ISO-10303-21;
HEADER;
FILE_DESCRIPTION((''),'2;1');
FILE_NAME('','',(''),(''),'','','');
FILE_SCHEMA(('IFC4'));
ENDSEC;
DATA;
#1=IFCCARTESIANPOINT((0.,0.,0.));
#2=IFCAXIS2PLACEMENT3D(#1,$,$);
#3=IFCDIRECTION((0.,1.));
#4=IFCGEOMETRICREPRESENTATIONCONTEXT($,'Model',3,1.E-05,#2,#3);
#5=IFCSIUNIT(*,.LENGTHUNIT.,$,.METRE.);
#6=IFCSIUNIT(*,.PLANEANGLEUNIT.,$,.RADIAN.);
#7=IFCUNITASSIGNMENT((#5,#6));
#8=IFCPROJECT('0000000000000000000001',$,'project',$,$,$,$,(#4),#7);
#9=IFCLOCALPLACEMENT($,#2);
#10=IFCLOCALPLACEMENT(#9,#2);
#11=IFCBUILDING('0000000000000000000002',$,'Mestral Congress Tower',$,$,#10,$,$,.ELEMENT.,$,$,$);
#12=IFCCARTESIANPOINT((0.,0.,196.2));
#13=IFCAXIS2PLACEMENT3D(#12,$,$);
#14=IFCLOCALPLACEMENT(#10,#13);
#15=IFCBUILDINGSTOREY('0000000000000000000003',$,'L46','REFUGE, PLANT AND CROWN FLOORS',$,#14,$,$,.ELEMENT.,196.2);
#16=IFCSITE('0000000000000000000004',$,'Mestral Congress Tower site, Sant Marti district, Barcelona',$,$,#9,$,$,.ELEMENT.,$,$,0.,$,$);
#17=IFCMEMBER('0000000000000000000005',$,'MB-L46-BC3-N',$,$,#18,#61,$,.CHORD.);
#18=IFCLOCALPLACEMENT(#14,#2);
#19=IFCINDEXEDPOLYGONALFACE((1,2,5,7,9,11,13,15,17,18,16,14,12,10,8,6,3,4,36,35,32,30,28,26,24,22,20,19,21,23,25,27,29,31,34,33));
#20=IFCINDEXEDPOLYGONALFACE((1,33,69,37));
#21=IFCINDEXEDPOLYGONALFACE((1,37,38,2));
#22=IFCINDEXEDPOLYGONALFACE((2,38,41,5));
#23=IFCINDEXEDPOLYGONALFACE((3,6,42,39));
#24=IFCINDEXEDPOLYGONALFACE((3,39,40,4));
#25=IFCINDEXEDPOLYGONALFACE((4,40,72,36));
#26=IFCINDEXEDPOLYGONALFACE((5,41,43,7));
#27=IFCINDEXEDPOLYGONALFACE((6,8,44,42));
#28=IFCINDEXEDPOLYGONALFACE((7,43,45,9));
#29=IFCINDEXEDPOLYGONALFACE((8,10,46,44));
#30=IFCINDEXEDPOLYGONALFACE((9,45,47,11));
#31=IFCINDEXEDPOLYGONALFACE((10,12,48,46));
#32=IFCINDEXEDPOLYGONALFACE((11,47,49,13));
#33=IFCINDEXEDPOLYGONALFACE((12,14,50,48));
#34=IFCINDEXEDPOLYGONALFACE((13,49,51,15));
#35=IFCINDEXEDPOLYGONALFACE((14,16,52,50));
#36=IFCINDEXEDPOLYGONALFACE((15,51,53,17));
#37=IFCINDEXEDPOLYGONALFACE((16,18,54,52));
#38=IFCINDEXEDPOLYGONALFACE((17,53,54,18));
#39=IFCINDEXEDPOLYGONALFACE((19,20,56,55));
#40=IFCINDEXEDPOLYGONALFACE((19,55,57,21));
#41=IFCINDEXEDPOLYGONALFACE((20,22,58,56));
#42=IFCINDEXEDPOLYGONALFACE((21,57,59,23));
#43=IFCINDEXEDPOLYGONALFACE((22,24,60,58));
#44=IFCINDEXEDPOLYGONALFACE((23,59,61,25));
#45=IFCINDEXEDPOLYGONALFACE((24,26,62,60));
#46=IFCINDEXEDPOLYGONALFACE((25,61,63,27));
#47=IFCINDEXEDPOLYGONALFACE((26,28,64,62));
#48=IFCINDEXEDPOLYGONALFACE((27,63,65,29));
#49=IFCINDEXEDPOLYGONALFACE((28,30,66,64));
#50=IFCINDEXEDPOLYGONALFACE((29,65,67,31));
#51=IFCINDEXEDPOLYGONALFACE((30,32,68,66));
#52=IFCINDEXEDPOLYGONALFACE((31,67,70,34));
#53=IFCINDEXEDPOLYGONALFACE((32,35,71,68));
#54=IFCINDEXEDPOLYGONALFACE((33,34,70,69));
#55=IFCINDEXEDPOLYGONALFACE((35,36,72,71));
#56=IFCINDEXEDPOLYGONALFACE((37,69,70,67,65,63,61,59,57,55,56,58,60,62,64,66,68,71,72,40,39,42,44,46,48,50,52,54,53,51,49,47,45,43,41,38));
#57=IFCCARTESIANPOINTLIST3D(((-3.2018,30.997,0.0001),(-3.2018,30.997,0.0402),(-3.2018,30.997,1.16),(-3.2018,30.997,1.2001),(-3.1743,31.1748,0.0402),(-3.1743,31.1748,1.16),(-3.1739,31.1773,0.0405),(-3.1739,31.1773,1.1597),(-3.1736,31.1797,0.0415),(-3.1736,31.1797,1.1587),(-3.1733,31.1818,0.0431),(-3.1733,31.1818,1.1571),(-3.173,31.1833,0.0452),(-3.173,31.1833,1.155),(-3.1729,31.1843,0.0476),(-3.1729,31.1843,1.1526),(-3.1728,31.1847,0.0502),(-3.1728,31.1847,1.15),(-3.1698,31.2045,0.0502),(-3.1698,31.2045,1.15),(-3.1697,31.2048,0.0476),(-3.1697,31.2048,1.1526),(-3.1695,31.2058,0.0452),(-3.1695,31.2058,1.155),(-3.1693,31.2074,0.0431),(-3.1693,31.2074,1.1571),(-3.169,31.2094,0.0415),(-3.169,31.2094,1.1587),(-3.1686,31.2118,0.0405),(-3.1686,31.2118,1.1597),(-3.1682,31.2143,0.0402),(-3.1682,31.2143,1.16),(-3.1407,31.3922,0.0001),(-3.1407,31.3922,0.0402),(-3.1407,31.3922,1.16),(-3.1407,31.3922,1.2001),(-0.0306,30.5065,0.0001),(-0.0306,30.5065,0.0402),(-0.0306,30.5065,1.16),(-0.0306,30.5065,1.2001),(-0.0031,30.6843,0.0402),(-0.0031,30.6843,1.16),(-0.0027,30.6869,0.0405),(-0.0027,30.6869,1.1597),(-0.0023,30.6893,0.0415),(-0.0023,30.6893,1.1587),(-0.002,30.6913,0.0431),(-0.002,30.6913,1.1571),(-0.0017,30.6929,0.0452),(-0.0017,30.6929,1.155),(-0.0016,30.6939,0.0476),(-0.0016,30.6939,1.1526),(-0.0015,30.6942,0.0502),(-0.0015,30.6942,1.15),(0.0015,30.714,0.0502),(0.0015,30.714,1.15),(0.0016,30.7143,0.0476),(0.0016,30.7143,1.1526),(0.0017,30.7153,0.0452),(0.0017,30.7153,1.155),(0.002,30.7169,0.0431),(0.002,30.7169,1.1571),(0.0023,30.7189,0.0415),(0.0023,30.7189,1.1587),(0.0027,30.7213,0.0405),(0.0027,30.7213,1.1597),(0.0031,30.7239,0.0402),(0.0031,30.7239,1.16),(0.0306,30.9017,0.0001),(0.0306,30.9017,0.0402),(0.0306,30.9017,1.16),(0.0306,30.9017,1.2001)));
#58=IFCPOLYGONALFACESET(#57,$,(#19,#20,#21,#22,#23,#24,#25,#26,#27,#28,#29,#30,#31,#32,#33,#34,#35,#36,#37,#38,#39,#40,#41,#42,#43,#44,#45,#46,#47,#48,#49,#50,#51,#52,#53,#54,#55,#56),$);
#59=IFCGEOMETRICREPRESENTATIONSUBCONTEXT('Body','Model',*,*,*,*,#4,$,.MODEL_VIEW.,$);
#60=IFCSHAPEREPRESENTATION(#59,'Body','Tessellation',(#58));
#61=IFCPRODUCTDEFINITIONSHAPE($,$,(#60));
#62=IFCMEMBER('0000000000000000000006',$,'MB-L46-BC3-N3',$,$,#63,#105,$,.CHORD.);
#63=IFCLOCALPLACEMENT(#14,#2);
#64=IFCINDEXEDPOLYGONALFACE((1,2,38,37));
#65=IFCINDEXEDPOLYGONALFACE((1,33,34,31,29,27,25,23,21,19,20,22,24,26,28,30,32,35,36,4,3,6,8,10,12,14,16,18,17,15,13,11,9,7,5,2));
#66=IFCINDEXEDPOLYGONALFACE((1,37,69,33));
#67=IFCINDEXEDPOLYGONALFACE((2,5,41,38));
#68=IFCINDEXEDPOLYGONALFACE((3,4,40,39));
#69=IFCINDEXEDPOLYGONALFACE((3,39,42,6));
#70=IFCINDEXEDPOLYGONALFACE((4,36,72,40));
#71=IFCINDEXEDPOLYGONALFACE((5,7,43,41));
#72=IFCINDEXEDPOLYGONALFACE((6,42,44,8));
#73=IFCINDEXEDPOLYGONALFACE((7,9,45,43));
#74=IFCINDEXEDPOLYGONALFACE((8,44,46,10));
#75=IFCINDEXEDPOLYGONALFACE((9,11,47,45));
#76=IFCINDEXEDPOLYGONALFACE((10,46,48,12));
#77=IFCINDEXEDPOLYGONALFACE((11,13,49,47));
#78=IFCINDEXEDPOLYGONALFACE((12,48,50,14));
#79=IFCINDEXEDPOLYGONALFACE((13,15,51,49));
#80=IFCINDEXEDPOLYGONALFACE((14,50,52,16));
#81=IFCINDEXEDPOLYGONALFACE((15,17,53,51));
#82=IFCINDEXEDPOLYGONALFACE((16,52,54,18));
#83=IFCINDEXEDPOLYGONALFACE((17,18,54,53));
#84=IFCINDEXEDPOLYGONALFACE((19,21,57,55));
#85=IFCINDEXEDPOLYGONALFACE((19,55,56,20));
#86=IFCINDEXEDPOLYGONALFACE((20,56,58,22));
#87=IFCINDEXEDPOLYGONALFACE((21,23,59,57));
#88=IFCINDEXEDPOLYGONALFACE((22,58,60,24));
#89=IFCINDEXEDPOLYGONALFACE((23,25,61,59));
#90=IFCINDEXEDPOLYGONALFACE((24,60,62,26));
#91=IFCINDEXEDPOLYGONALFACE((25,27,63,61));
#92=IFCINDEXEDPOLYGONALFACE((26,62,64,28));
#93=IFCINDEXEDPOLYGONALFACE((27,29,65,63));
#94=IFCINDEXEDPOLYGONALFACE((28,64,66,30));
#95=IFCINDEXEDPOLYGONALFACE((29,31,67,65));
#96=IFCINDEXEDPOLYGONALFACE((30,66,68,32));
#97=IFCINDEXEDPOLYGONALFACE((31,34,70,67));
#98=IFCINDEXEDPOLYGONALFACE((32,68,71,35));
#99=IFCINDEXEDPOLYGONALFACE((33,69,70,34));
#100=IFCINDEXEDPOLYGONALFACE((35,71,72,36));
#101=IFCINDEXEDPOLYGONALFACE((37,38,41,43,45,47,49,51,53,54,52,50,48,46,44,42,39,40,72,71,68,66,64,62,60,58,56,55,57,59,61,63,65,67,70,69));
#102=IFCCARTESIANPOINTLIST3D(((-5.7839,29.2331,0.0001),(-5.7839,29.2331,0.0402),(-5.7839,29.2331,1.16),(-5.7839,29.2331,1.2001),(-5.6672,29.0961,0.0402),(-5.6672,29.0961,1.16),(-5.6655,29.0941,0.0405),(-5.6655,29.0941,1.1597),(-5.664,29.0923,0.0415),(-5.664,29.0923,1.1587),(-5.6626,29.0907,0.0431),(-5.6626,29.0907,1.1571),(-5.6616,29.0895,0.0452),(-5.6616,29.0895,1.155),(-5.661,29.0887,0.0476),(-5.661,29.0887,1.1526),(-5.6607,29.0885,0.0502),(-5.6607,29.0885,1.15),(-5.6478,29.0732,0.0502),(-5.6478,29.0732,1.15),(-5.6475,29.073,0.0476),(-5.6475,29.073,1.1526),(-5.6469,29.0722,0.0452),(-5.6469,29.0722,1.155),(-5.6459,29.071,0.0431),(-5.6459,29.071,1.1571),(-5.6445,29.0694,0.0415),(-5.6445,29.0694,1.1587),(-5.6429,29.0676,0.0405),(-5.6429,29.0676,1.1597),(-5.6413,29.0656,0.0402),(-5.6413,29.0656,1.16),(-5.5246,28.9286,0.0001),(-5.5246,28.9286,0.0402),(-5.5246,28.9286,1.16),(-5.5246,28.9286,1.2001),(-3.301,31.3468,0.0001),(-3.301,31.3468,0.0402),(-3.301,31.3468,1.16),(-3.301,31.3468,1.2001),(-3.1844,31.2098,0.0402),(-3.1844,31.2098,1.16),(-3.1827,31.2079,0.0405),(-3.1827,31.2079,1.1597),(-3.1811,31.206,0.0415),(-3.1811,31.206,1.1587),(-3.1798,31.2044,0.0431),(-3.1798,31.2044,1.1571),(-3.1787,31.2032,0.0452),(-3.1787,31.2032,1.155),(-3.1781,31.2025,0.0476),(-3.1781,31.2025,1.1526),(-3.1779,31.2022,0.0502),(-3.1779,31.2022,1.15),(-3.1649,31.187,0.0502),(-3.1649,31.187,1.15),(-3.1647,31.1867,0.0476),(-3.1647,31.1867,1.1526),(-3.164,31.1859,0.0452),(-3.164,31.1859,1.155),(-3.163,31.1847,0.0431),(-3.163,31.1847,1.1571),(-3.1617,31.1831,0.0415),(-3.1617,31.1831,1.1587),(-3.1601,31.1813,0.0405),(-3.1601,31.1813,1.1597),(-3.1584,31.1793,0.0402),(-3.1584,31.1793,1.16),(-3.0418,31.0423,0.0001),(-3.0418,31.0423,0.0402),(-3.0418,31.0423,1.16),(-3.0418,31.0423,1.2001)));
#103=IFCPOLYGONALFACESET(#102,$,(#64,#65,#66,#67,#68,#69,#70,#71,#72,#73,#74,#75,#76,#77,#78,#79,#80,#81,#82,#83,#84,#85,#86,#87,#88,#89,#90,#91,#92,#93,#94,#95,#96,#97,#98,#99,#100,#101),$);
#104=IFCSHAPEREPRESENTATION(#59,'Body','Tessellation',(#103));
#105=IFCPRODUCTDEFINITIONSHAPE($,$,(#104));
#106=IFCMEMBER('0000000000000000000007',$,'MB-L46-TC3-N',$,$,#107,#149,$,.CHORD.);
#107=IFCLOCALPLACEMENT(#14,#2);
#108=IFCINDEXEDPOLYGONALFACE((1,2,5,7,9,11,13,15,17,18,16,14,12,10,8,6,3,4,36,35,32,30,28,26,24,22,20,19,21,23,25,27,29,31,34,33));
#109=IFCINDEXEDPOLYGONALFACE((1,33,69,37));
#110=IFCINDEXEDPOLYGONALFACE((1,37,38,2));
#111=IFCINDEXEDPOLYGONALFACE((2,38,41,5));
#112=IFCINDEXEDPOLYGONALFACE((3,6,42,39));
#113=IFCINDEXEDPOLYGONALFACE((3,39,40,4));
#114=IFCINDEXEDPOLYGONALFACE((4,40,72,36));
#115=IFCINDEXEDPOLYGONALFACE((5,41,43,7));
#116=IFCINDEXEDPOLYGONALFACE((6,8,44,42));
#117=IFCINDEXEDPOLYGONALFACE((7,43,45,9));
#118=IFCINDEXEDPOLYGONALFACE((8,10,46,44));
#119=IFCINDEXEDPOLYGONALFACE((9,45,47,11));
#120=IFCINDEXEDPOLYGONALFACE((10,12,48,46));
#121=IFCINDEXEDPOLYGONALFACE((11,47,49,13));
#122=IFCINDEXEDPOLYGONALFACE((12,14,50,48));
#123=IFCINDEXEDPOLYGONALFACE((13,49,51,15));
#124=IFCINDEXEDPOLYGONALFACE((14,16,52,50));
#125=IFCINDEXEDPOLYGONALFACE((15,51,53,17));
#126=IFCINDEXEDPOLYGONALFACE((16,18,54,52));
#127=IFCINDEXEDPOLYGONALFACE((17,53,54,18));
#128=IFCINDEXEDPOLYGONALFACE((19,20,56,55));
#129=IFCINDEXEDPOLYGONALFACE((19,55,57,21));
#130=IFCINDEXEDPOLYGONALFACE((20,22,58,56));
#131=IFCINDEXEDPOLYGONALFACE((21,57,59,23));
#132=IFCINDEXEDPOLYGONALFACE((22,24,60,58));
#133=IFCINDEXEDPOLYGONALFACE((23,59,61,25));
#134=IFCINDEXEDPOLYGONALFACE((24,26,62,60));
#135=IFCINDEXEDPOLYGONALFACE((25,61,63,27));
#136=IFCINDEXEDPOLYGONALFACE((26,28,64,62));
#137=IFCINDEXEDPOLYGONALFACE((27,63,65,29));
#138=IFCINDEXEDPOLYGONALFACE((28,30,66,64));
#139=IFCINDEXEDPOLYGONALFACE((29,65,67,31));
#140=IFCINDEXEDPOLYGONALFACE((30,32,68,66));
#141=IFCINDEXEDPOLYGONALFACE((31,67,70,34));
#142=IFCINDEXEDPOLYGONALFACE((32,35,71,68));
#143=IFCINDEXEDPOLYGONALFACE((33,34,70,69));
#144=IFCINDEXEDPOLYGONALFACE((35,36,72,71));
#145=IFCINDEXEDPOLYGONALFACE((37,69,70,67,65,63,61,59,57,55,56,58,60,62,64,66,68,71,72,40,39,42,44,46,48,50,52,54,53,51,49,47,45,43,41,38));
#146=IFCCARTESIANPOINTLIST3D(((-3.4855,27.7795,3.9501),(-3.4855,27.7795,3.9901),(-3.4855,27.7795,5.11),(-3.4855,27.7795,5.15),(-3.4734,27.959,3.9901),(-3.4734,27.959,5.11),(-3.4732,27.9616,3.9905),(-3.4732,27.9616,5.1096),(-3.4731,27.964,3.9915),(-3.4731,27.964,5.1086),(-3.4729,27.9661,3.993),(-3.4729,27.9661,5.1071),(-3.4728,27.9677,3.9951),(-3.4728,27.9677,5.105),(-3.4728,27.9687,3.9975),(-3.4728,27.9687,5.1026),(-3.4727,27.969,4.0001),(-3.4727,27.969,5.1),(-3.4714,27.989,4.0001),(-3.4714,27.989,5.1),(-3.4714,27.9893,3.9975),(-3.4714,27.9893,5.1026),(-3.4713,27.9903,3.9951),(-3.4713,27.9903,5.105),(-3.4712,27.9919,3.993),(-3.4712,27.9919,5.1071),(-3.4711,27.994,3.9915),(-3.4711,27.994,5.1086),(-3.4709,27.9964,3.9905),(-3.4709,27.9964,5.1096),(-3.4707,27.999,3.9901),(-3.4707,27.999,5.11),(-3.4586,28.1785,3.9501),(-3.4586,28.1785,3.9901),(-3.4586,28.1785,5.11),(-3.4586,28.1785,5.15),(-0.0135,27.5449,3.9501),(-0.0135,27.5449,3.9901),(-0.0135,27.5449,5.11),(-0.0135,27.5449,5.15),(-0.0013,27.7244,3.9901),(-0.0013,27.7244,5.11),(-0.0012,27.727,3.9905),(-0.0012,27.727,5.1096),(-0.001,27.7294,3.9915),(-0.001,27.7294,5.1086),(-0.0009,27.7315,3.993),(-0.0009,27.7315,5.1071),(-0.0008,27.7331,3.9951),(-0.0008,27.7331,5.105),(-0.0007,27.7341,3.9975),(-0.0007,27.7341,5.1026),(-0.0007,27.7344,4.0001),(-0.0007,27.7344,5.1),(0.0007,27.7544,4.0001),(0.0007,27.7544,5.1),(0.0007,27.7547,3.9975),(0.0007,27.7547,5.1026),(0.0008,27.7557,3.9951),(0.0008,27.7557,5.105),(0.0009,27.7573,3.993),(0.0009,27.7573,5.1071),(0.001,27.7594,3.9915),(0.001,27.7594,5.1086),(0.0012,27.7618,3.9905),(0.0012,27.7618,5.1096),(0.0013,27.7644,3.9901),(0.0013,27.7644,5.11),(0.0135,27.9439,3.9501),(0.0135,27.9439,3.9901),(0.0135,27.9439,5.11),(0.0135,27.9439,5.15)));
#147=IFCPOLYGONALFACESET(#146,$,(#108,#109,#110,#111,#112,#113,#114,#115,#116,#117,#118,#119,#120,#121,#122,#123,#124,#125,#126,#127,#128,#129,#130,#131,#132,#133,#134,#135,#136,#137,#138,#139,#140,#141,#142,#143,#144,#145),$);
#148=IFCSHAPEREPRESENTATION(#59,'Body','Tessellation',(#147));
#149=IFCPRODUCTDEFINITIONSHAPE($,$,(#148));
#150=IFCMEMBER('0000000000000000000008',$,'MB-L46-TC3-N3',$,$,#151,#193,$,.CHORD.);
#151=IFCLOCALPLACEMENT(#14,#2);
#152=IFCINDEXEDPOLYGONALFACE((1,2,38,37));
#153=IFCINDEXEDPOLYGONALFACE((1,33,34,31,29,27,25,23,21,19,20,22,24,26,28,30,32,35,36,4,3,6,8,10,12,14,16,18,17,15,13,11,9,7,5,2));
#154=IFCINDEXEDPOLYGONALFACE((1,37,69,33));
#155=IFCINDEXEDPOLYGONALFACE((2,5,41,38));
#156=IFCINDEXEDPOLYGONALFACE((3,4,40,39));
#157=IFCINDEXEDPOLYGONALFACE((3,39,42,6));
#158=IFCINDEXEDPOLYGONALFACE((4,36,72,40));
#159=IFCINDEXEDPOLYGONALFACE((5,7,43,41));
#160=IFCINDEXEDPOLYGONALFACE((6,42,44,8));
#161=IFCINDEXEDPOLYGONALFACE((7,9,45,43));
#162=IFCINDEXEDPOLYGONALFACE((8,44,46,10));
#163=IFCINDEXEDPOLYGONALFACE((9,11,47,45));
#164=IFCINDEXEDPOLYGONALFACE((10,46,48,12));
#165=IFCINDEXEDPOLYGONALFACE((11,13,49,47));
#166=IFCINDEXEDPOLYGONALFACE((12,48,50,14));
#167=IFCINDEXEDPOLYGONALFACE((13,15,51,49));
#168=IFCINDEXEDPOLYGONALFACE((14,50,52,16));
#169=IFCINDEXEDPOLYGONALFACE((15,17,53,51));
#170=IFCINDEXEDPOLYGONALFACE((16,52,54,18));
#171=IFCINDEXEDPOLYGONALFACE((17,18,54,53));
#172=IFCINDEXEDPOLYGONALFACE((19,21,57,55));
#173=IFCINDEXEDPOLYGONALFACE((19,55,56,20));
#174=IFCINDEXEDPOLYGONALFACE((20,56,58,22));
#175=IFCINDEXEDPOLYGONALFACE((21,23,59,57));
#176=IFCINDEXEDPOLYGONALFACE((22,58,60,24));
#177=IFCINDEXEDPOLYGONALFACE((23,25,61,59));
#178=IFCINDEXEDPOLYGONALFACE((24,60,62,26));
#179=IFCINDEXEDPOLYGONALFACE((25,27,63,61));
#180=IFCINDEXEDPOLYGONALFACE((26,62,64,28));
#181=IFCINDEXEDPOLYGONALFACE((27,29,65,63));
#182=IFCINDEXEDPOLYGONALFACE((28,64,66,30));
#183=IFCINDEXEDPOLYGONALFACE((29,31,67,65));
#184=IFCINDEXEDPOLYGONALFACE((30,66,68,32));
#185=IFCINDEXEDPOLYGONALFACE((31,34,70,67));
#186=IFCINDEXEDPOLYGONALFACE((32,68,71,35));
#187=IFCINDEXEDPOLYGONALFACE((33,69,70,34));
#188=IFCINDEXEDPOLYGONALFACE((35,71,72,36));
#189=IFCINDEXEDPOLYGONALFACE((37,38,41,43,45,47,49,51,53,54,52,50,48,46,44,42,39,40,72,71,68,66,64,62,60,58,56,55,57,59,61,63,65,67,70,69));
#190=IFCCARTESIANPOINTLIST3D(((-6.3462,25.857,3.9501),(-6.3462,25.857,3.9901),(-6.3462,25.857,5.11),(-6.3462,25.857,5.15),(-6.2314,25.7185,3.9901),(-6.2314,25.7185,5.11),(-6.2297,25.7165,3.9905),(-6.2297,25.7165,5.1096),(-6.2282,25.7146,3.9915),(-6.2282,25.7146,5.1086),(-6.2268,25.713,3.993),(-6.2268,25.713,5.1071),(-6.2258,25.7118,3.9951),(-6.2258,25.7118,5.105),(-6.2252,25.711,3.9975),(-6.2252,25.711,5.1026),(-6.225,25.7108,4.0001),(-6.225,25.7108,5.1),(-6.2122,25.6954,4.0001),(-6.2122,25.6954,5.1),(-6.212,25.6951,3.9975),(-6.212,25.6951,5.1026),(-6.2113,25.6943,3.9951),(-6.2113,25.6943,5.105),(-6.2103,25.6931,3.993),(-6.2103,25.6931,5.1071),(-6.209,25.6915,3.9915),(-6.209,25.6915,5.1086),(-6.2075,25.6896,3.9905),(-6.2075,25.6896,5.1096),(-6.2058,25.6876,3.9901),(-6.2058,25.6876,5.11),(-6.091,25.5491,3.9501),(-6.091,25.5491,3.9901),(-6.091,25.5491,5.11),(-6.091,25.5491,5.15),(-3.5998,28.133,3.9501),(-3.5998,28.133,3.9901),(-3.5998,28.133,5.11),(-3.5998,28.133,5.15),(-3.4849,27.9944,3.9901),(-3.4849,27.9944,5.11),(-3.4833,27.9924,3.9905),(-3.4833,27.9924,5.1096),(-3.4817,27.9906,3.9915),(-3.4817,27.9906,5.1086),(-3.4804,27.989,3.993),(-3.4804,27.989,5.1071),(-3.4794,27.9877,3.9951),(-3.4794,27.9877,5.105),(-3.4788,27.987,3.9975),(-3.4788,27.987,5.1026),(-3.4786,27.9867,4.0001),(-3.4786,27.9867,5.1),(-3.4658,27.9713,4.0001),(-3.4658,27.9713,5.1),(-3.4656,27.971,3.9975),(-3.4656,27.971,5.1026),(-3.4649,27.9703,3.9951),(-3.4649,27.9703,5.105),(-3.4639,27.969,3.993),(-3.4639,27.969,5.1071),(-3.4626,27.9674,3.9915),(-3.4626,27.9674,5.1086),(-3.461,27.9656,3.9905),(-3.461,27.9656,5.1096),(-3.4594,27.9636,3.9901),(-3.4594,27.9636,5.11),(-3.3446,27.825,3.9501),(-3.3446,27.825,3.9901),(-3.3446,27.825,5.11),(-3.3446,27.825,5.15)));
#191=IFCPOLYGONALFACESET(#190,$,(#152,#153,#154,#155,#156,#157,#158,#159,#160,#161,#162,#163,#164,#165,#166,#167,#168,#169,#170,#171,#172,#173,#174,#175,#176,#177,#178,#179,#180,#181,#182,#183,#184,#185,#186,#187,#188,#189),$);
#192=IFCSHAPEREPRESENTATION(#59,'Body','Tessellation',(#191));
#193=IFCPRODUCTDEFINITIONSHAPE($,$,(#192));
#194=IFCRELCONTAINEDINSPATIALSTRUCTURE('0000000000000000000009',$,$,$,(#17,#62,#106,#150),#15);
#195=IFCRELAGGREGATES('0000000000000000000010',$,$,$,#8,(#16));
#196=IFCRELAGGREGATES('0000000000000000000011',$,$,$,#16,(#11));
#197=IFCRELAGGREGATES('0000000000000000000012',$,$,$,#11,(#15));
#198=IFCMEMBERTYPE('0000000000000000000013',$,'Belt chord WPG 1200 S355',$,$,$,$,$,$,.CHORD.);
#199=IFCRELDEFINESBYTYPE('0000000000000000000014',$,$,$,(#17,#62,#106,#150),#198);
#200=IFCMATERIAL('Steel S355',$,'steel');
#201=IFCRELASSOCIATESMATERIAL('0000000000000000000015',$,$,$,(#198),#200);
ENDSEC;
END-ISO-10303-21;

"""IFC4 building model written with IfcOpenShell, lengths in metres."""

from ifc_helpers import new_model, si_unit, direction, frame, origin, origin_2d, place, context, subcontext, project, spatial, i_section, extrude, material, material_profile, profile_set, type_object, element, save


model = new_model("IFC4")

# Units and contexts
model_context = context("Model", 3, precision=1e-05, world=origin(), true_north=direction((0.0, 1.0)))
body_context = subcontext(model_context, "Body", "Model", "MODEL_VIEW")
ifc_project = project(units=[si_unit("LENGTHUNIT", "METRE"), si_unit("PLANEANGLEUNIT", "RADIAN")], contexts=[model_context])

# Site, building, storey
site_placement = place(None, origin())
site = spatial("IfcSite", under=ifc_project, at=site_placement, Name="Mestral Congress Tower site, Sant Marti district, Barcelona", CompositionType="ELEMENT", RefElevation=0.0)
building_placement = place(site_placement, origin())
building = spatial("IfcBuilding", under=site, at=building_placement, Name="Mestral Congress Tower", CompositionType="ELEMENT")
storey_placement = place(building_placement, frame((0.0, 0.0, 196.2)))
storey = spatial("IfcBuildingStorey", under=building, at=storey_placement, Name="L46", Description="REFUGE, PLANT AND CROWN FLOORS", CompositionType="ELEMENT", Elevation=196.2)

# Members
ifc_material_1 = material(Name="Steel S355", Category="steel")
ifc_material_profile_1 = material_profile(ifc_material_1, i_section(OverallWidth=0.3999, OverallDepth=1.2, WebThickness=0.02, FlangeThickness=0.04, FilletRadius=0.01, at=origin_2d()), Name="WPG 1200")
ifc_profile_set_1 = profile_set([ifc_material_profile_1], Name="Steel S355")
member_type_1 = type_object("IfcMemberType", Name="Belt chord WPG 1200 S355", PredefinedType="CHORD", material=ifc_profile_set_1)
member_1_placement = place(storey_placement, frame((0.0, 30.7041, 0.6001), z_axis=(-0.988251, 0.15284, 0.0), x_axis=(-0.15284, -0.988251, 0.0)))
element("IfcMember", 1, at=member_1_placement, inside=storey, type_object=member_type_1, Name="MB-L46-BC3-N", PredefinedType="CHORD", context=body_context, shape_type="SweptSolid", body=[
    extrude(i_section(OverallWidth=0.3999, OverallDepth=1.2, WebThickness=0.02, FlangeThickness=0.04, FilletRadius=0.01, at=origin_2d()), origin(), (0.0, 0.0, 1.0), 3.209),
])
member_2_placement = place(storey_placement, frame((-3.1714, 31.1946, 0.6001), z_axis=(-0.76144, -0.648235, 0.0), x_axis=(0.648235, -0.76144, 0.0)))
element("IfcMember", 2, at=member_2_placement, inside=storey, type_object=member_type_1, Name="MB-L46-BC3-N3", PredefinedType="CHORD", context=body_context, shape_type="SweptSolid", body=[
    extrude(i_section(OverallWidth=0.3999, OverallDepth=1.2, WebThickness=0.02, FlangeThickness=0.04, FilletRadius=0.01, at=origin_2d()), origin(), (0.0, 0.0, 1.0), 3.2607),
])
member_3_placement = place(storey_placement, frame((0.0, 27.7444, 4.55), z_axis=(-0.997725, 0.067418, 0.0), x_axis=(-0.067418, -0.997725, 0.0)))
element("IfcMember", 3, at=member_3_placement, inside=storey, type_object=member_type_1, Name="MB-L46-TC3-N", PredefinedType="CHORD", context=body_context, shape_type="SweptSolid", body=[
    extrude(i_section(OverallWidth=0.3999, OverallDepth=1.2, WebThickness=0.02, FlangeThickness=0.04, FilletRadius=0.01, at=origin_2d()), origin(), (0.0, 0.0, 1.0), 3.48),
])
member_4_placement = place(storey_placement, frame((-3.4722, 27.979, 4.55), z_axis=(-0.769974, -0.638075, 0.0), x_axis=(0.638075, -0.769974, 0.0)))
element("IfcMember", 4, at=member_4_placement, inside=storey, type_object=member_type_1, Name="MB-L46-TC3-N3", PredefinedType="CHORD", context=body_context, shape_type="SweptSolid", body=[
    extrude(i_section(OverallWidth=0.3999, OverallDepth=1.2, WebThickness=0.02, FlangeThickness=0.04, FilletRadius=0.01, at=origin_2d()), origin(), (0.0, 0.0, 1.0), 3.5669),
])

save(model, "model.ifc")
